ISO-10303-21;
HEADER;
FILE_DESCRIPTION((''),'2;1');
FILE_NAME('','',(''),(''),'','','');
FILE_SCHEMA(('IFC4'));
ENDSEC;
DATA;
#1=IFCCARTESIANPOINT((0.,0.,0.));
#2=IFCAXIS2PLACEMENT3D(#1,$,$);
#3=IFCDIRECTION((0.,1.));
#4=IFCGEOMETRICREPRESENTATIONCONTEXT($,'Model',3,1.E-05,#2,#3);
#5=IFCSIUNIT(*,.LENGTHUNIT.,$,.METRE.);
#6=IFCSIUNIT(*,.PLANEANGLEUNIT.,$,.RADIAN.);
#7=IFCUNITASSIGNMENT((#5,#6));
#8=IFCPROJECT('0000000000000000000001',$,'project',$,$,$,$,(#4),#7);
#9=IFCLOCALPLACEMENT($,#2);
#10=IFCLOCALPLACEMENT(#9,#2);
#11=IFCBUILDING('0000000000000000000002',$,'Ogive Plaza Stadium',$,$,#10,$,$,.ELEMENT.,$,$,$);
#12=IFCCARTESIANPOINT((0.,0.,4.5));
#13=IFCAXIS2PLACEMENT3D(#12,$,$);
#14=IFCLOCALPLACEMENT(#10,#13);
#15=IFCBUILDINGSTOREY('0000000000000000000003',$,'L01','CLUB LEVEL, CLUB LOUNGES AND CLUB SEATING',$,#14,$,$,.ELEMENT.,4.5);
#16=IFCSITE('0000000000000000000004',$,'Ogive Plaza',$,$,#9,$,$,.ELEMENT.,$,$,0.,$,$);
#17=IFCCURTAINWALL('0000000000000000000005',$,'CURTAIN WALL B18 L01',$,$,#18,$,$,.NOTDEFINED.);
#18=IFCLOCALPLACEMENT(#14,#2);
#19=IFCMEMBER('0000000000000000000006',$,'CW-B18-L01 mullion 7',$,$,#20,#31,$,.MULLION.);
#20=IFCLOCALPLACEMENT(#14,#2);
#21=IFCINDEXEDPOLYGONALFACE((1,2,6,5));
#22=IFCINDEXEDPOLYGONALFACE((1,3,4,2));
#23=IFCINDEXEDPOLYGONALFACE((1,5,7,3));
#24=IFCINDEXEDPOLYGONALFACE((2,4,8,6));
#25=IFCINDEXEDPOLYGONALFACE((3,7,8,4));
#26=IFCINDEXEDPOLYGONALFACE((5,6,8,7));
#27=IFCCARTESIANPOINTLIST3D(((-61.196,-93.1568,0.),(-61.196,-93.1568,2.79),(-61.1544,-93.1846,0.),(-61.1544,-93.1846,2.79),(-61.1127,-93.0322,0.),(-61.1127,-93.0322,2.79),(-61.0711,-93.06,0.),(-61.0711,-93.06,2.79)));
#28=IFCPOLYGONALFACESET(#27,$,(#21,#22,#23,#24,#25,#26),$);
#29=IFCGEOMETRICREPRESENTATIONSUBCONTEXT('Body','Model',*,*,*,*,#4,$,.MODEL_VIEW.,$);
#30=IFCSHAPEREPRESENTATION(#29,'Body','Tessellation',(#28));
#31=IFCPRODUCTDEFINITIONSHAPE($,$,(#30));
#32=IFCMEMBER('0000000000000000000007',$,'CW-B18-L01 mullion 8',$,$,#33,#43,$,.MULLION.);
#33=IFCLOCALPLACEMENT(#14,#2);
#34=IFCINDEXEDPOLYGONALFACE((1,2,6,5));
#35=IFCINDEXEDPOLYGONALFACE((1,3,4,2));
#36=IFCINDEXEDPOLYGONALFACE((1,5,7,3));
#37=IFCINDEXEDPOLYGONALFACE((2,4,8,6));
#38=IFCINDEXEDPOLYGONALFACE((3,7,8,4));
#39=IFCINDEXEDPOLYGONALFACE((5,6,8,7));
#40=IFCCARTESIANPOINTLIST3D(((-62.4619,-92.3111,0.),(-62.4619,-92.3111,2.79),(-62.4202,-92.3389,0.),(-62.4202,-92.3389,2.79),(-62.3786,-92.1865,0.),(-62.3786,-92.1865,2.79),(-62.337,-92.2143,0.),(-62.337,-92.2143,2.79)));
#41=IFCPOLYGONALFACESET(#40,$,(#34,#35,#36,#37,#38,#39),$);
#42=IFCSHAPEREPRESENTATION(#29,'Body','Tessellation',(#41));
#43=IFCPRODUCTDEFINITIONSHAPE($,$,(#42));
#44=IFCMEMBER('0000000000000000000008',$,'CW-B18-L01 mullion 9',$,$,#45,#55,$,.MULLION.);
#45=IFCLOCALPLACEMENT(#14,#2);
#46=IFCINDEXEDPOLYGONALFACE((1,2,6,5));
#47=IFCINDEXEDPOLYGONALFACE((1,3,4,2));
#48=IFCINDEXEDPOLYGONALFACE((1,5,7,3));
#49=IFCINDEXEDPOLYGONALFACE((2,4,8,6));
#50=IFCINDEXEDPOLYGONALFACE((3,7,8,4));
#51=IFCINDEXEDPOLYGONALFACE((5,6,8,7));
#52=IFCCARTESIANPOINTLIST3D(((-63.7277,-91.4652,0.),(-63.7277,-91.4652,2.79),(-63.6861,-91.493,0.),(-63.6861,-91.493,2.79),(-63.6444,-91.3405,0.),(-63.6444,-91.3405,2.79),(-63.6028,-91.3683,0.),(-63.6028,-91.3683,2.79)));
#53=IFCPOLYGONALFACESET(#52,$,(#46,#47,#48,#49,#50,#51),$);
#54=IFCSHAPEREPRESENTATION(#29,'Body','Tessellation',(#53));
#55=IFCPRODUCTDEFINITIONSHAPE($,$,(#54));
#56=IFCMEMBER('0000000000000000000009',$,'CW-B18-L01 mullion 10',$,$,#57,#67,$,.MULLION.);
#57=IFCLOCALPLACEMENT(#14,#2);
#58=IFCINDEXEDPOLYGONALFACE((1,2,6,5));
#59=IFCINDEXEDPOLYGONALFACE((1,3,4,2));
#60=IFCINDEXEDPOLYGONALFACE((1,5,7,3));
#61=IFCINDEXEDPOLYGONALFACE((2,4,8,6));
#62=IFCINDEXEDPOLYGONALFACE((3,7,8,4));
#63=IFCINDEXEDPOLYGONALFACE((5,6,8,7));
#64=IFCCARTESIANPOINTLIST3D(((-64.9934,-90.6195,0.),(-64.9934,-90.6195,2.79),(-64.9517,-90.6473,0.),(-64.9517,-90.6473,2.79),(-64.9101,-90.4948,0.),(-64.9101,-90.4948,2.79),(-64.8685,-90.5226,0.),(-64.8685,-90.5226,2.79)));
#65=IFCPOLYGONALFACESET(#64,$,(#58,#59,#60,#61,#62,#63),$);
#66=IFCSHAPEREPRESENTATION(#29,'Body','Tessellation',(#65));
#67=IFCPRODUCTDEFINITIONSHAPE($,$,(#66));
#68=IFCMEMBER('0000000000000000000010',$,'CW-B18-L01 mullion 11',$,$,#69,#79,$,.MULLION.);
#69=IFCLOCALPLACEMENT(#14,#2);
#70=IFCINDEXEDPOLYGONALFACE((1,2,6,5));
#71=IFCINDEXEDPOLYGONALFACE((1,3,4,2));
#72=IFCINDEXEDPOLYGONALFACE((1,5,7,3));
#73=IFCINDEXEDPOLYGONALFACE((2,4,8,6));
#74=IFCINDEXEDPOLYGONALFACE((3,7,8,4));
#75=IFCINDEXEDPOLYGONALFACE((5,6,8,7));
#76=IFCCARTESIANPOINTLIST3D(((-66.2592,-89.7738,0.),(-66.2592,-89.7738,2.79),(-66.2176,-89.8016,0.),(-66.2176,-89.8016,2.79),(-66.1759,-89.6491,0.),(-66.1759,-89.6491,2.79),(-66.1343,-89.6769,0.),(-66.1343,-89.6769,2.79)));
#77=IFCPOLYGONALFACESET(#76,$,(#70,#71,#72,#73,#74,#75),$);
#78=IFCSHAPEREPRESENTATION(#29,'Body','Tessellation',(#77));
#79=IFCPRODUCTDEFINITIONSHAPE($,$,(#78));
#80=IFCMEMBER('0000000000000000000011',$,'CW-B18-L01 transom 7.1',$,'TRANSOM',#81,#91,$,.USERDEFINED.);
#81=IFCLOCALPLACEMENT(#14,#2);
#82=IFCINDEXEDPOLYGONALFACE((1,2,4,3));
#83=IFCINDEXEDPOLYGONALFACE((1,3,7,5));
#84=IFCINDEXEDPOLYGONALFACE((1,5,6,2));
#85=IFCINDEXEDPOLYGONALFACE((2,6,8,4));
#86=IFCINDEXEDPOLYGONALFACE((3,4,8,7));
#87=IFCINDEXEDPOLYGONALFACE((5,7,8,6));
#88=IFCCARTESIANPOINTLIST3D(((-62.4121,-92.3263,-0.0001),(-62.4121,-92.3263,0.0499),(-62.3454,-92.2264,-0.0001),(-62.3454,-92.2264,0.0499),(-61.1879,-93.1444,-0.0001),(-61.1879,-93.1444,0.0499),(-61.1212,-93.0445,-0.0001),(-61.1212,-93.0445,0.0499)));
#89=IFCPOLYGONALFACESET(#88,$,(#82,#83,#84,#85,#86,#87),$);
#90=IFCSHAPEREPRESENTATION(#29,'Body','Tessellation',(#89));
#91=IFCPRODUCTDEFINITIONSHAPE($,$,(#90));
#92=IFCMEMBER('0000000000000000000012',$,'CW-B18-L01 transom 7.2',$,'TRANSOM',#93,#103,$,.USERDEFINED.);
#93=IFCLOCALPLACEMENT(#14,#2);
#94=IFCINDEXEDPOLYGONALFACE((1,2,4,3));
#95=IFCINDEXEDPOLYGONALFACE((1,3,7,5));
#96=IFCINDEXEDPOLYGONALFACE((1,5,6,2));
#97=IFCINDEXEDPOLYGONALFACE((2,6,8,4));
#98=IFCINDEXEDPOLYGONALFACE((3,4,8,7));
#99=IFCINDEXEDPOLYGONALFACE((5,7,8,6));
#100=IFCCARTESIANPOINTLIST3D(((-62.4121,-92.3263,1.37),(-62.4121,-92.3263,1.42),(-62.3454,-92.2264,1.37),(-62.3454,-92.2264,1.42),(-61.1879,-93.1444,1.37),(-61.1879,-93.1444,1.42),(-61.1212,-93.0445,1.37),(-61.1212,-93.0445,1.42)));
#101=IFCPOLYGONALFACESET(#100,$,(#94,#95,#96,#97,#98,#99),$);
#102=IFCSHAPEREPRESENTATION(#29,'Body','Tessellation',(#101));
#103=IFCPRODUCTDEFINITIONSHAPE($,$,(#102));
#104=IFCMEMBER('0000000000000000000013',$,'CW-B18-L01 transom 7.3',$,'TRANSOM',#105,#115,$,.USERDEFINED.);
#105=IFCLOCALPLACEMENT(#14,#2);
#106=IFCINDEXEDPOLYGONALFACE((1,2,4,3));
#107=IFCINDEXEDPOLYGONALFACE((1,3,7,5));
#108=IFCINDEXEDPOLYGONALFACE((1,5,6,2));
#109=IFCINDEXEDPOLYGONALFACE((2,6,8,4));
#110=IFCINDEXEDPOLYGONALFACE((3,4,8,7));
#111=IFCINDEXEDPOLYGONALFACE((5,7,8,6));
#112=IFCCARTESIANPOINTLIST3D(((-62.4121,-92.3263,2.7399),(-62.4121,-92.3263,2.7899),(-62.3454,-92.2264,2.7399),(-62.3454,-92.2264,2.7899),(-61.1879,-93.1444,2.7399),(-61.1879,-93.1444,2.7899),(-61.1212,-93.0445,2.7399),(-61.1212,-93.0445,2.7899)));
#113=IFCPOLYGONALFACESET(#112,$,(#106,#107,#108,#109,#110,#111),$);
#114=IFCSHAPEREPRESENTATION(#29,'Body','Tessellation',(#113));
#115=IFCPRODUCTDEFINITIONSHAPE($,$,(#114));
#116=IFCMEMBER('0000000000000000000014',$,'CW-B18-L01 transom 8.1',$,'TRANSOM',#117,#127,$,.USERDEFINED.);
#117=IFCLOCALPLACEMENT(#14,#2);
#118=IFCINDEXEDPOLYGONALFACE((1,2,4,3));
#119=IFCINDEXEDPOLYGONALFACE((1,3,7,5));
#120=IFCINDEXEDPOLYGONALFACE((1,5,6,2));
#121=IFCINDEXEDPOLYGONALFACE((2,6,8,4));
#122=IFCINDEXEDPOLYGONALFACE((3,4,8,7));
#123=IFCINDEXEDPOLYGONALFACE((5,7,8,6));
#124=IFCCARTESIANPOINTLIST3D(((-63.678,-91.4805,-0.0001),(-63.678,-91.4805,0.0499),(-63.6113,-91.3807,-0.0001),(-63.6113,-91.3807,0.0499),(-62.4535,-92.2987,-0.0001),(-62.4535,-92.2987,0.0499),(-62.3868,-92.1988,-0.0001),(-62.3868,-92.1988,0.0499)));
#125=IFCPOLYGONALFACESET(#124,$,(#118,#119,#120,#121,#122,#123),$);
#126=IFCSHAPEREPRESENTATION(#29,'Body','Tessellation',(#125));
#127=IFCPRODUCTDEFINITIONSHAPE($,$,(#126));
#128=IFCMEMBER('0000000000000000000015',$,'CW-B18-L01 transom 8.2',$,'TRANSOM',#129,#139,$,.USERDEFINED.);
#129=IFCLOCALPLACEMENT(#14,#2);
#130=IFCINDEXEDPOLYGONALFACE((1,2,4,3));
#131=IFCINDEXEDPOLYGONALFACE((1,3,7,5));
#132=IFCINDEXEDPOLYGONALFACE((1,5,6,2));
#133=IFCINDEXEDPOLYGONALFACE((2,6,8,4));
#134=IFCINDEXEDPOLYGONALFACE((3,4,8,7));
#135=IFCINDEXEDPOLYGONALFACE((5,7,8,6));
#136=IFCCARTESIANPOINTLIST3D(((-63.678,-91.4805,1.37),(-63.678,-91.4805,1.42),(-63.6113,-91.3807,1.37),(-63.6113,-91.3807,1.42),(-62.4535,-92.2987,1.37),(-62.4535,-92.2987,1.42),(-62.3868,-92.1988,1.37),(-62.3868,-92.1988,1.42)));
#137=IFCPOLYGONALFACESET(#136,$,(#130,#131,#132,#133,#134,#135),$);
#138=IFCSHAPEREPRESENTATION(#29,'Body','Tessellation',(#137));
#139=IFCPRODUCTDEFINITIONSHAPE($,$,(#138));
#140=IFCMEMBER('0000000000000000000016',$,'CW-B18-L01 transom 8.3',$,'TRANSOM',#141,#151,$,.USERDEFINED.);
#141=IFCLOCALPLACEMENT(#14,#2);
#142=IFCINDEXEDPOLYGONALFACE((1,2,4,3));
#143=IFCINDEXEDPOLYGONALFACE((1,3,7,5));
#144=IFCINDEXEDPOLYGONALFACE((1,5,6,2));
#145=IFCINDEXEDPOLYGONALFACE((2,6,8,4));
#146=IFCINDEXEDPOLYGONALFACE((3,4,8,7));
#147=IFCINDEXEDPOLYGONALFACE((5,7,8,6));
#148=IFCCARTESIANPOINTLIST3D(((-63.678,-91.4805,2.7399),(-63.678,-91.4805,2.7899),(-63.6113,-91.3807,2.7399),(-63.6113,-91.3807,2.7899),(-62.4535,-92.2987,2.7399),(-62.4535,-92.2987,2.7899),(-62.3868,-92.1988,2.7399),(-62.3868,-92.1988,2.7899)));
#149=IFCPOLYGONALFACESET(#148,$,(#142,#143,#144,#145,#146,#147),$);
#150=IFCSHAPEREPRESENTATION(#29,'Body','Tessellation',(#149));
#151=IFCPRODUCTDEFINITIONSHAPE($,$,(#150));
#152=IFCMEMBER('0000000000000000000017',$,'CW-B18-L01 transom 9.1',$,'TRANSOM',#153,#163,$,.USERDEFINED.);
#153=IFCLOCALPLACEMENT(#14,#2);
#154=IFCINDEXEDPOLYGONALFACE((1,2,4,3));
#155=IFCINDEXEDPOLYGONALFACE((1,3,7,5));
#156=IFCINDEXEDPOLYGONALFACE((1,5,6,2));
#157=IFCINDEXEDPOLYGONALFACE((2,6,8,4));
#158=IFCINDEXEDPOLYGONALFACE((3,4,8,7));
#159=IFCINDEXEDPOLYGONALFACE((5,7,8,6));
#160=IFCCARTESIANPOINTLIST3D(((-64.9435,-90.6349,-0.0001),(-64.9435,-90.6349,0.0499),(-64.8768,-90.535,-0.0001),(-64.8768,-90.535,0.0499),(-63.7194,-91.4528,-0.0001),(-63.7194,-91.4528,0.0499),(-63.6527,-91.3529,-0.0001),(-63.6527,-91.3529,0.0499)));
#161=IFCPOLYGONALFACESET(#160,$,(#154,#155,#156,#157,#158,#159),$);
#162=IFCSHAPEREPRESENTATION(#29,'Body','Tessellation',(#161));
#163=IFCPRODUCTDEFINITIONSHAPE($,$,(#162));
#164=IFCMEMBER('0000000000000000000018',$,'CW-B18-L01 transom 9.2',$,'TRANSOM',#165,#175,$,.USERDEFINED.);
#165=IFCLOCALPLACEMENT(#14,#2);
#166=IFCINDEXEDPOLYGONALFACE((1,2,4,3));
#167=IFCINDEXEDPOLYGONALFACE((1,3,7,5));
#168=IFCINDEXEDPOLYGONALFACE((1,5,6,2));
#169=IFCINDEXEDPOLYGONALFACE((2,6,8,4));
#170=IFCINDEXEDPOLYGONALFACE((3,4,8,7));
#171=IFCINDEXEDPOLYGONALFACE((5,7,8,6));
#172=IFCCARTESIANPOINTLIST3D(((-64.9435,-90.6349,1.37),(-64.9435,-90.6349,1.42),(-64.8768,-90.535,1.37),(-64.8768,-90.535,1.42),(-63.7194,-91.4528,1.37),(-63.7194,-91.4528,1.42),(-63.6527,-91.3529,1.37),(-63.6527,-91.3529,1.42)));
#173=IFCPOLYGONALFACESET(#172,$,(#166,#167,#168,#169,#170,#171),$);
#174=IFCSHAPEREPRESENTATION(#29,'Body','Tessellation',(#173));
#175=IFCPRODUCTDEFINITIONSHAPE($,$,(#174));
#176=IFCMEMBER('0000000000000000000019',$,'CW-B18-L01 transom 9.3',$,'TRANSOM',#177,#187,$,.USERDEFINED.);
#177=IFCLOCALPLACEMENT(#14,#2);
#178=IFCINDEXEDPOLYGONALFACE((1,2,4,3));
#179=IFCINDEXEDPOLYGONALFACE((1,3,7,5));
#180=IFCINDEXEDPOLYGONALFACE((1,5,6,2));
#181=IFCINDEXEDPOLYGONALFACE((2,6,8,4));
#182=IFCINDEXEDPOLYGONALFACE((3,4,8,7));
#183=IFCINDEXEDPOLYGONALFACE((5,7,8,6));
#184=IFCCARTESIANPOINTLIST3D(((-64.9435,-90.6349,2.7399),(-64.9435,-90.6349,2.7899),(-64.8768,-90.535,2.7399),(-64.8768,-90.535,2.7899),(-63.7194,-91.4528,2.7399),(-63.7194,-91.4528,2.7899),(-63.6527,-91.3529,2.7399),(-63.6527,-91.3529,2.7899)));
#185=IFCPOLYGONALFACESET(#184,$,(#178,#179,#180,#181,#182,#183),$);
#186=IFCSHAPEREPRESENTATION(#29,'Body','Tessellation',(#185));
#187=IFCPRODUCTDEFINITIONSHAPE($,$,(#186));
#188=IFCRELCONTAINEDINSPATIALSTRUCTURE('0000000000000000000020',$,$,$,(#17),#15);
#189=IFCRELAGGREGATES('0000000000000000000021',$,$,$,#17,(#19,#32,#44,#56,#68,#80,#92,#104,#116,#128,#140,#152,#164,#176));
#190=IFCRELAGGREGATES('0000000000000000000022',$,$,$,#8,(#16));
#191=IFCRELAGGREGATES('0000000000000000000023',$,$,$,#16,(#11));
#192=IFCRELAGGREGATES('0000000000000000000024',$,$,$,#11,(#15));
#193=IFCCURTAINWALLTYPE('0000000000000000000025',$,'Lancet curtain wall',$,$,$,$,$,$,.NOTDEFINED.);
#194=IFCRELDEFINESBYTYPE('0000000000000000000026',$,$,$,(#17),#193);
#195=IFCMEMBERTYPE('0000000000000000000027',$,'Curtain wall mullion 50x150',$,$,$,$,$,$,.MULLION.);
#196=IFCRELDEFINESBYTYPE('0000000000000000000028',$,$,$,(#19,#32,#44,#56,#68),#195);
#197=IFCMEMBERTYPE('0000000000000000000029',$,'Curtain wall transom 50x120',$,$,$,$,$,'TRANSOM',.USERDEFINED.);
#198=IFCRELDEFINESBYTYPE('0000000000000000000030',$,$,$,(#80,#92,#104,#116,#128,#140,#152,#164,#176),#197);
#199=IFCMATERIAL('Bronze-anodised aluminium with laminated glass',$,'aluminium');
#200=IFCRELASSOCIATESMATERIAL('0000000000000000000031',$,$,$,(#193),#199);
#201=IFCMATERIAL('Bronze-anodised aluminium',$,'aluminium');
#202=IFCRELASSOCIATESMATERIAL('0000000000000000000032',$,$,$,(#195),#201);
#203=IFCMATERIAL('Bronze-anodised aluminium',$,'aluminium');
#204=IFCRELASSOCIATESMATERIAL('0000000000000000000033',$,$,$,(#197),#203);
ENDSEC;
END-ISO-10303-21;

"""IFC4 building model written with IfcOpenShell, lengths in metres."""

from ifc_helpers import new_model, si_unit, direction, frame, origin, origin_2d, place, context, subcontext, project, spatial, rectangle, extrude, material, material_profile, profile_set, type_object, element, aggregate, save


model = new_model("IFC4")

# Units and contexts
model_context = context("Model", 3, precision=1e-05, world=origin(), true_north=direction((0.0, 1.0)))
body_context = subcontext(model_context, "Body", "Model", "MODEL_VIEW")
ifc_project = project(units=[si_unit("LENGTHUNIT", "METRE"), si_unit("PLANEANGLEUNIT", "RADIAN")], contexts=[model_context])

# Site, building, storey
site_placement = place(None, origin())
site = spatial("IfcSite", under=ifc_project, at=site_placement, Name="Ogive Plaza", CompositionType="ELEMENT", RefElevation=0.0)
building_placement = place(site_placement, origin())
building = spatial("IfcBuilding", under=site, at=building_placement, Name="Ogive Plaza Stadium", CompositionType="ELEMENT")
storey_placement = place(building_placement, frame((0.0, 0.0, 4.5)))
storey = spatial("IfcBuildingStorey", under=building, at=storey_placement, Name="L01", Description="CLUB LEVEL, CLUB LOUNGES AND CLUB SEATING", CompositionType="ELEMENT", Elevation=4.5)

# Curtain wall, members
ifc_material_1 = material(Name="Bronze-anodised aluminium with laminated glass", Category="aluminium")
curtain_wall_type = type_object("IfcCurtainWallType", Name="Lancet curtain wall", PredefinedType="NOTDEFINED", material=ifc_material_1)
curtain_wall_placement = place(storey_placement, origin())
curtain_wall = element("IfcCurtainWall", 1, at=curtain_wall_placement, inside=storey, type_object=curtain_wall_type, Name="CURTAIN WALL B18 L01", PredefinedType="NOTDEFINED")
ifc_material_2 = material(Name="Bronze-anodised aluminium", Category="aluminium")
ifc_material_profile_1 = material_profile(ifc_material_2, rectangle(XDim=0.1499, YDim=0.05, at=origin_2d()), Name="AL 150x50")
ifc_profile_set_1 = profile_set([ifc_material_profile_1], Name="Bronze-anodised aluminium")
member_type_1 = type_object("IfcMemberType", Name="Curtain wall mullion 50x150", PredefinedType="MULLION", material=ifc_profile_set_1)
member_1_placement = place(storey_placement, frame((-61.1335, -93.1084, 0.0), z_axis=(0.0, 0.0, 1.0), x_axis=(-0.55557, -0.83147, 0.0)))
member_1 = element("IfcMember", 2, at=member_1_placement, type_object=member_type_1, Name="CW-B18-L01 mullion 7", PredefinedType="MULLION", context=body_context, shape_type="SweptSolid", body=[
    extrude(rectangle(XDim=0.1499, YDim=0.05, at=origin_2d()), origin(), (0.0, 0.0, 1.0), 2.79),
])
member_2_placement = place(storey_placement, frame((-62.3994, -92.2627, 0.0), z_axis=(0.0, 0.0, 1.0), x_axis=(-0.55557, -0.83147, 0.0)))
member_2 = element("IfcMember", 3, at=member_2_placement, type_object=member_type_1, Name="CW-B18-L01 mullion 8", PredefinedType="MULLION", context=body_context, shape_type="SweptSolid", body=[
    extrude(rectangle(XDim=0.1499, YDim=0.05, at=origin_2d()), origin(), (0.0, 0.0, 1.0), 2.79),
])
member_3_placement = place(storey_placement, frame((-63.6653, -91.4167, 0.0), z_axis=(0.0, 0.0, 1.0), x_axis=(-0.55557, -0.83147, 0.0)))
member_3 = element("IfcMember", 4, at=member_3_placement, type_object=member_type_1, Name="CW-B18-L01 mullion 9", PredefinedType="MULLION", context=body_context, shape_type="SweptSolid", body=[
    extrude(rectangle(XDim=0.1499, YDim=0.05, at=origin_2d()), origin(), (0.0, 0.0, 1.0), 2.79),
])
member_4_placement = place(storey_placement, frame((-64.9309, -90.571, 0.0), z_axis=(0.0, 0.0, 1.0), x_axis=(-0.55557, -0.83147, 0.0)))
member_4 = element("IfcMember", 5, at=member_4_placement, type_object=member_type_1, Name="CW-B18-L01 mullion 10", PredefinedType="MULLION", context=body_context, shape_type="SweptSolid", body=[
    extrude(rectangle(XDim=0.1499, YDim=0.05, at=origin_2d()), origin(), (0.0, 0.0, 1.0), 2.79),
])
member_5_placement = place(storey_placement, frame((-66.1968, -89.7253, 0.0), z_axis=(0.0, 0.0, 1.0), x_axis=(-0.55557, -0.83147, 0.0)))
member_5 = element("IfcMember", 6, at=member_5_placement, type_object=member_type_1, Name="CW-B18-L01 mullion 11", PredefinedType="MULLION", context=body_context, shape_type="SweptSolid", body=[
    extrude(rectangle(XDim=0.1499, YDim=0.05, at=origin_2d()), origin(), (0.0, 0.0, 1.0), 2.79),
])
ifc_material_3 = material(Name="Bronze-anodised aluminium", Category="aluminium")
ifc_material_profile_2 = material_profile(ifc_material_3, rectangle(XDim=0.1201, YDim=0.05, at=origin_2d()), Name="AL 120x50")
ifc_profile_set_2 = profile_set([ifc_material_profile_2], Name="Bronze-anodised aluminium")
member_type_2 = type_object("IfcMemberType", Name="Curtain wall transom 50x120", ElementType="TRANSOM", PredefinedType="USERDEFINED", material=ifc_profile_set_2)
member_6_placement = place(storey_placement, frame((-61.1545, -93.0945, 0.0249), z_axis=(-0.831412, 0.555656, 0.0), x_axis=(-0.555656, -0.831412, 0.0)))
member_6 = element("IfcMember", 7, at=member_6_placement, type_object=member_type_2, Name="CW-B18-L01 transom 7.1", ObjectType="TRANSOM", PredefinedType="USERDEFINED", context=body_context, shape_type="SweptSolid", body=[
    extrude(rectangle(XDim=0.1201, YDim=0.05, at=origin_2d()), origin(), (0.0, 0.0, 1.0), 1.4724),
])
member_7_placement = place(storey_placement, frame((-61.1545, -93.0945, 1.395), z_axis=(-0.831412, 0.555656, 0.0), x_axis=(-0.555656, -0.831412, 0.0)))
member_7 = element("IfcMember", 8, at=member_7_placement, type_object=member_type_2, Name="CW-B18-L01 transom 7.2", ObjectType="TRANSOM", PredefinedType="USERDEFINED", context=body_context, shape_type="SweptSolid", body=[
    extrude(rectangle(XDim=0.1201, YDim=0.05, at=origin_2d()), origin(), (0.0, 0.0, 1.0), 1.4724),
])
member_8_placement = place(storey_placement, frame((-61.1545, -93.0945, 2.7649), z_axis=(-0.831412, 0.555656, 0.0), x_axis=(-0.555656, -0.831412, 0.0)))
member_8 = element("IfcMember", 9, at=member_8_placement, type_object=member_type_2, Name="CW-B18-L01 transom 7.3", ObjectType="TRANSOM", PredefinedType="USERDEFINED", context=body_context, shape_type="SweptSolid", body=[
    extrude(rectangle(XDim=0.1201, YDim=0.05, at=origin_2d()), origin(), (0.0, 0.0, 1.0), 1.4724),
])
member_9_placement = place(storey_placement, frame((-62.4202, -92.2488, 0.0249), z_axis=(-0.831463, 0.55558, 0.0), x_axis=(-0.55558, -0.831463, 0.0)))
member_9 = element("IfcMember", 10, at=member_9_placement, type_object=member_type_2, Name="CW-B18-L01 transom 8.1", ObjectType="TRANSOM", PredefinedType="USERDEFINED", context=body_context, shape_type="SweptSolid", body=[
    extrude(rectangle(XDim=0.1201, YDim=0.05, at=origin_2d()), origin(), (0.0, 0.0, 1.0), 1.4727),
])
member_10_placement = place(storey_placement, frame((-62.4202, -92.2488, 1.395), z_axis=(-0.831463, 0.55558, 0.0), x_axis=(-0.55558, -0.831463, 0.0)))
member_10 = element("IfcMember", 11, at=member_10_placement, type_object=member_type_2, Name="CW-B18-L01 transom 8.2", ObjectType="TRANSOM", PredefinedType="USERDEFINED", context=body_context, shape_type="SweptSolid", body=[
    extrude(rectangle(XDim=0.1201, YDim=0.05, at=origin_2d()), origin(), (0.0, 0.0, 1.0), 1.4727),
])
member_11_placement = place(storey_placement, frame((-62.4202, -92.2488, 2.7649), z_axis=(-0.831463, 0.55558, 0.0), x_axis=(-0.55558, -0.831463, 0.0)))
member_11 = element("IfcMember", 12, at=member_11_placement, type_object=member_type_2, Name="CW-B18-L01 transom 8.3", ObjectType="TRANSOM", PredefinedType="USERDEFINED", context=body_context, shape_type="SweptSolid", body=[
    extrude(rectangle(XDim=0.1201, YDim=0.05, at=origin_2d()), origin(), (0.0, 0.0, 1.0), 1.4727),
])
member_12_placement = place(storey_placement, frame((-63.686, -91.4028, 0.0249), z_axis=(-0.831489, 0.555542, 0.0), x_axis=(-0.555542, -0.831489, 0.0)))
member_12 = element("IfcMember", 13, at=member_12_placement, type_object=member_type_2, Name="CW-B18-L01 transom 9.1", ObjectType="TRANSOM", PredefinedType="USERDEFINED", context=body_context, shape_type="SweptSolid", body=[
    extrude(rectangle(XDim=0.1201, YDim=0.05, at=origin_2d()), origin(), (0.0, 0.0, 1.0), 1.4722),
])
member_13_placement = place(storey_placement, frame((-63.686, -91.4028, 1.395), z_axis=(-0.831489, 0.555542, 0.0), x_axis=(-0.555542, -0.831489, 0.0)))
member_13 = element("IfcMember", 14, at=member_13_placement, type_object=member_type_2, Name="CW-B18-L01 transom 9.2", ObjectType="TRANSOM", PredefinedType="USERDEFINED", context=body_context, shape_type="SweptSolid", body=[
    extrude(rectangle(XDim=0.1201, YDim=0.05, at=origin_2d()), origin(), (0.0, 0.0, 1.0), 1.4722),
])
member_14_placement = place(storey_placement, frame((-63.686, -91.4028, 2.7649), z_axis=(-0.831489, 0.555542, 0.0), x_axis=(-0.555542, -0.831489, 0.0)))
member_14 = element("IfcMember", 15, at=member_14_placement, type_object=member_type_2, Name="CW-B18-L01 transom 9.3", ObjectType="TRANSOM", PredefinedType="USERDEFINED", context=body_context, shape_type="SweptSolid", body=[
    extrude(rectangle(XDim=0.1201, YDim=0.05, at=origin_2d()), origin(), (0.0, 0.0, 1.0), 1.4722),
])
aggregate(curtain_wall, [member_1, member_2, member_3, member_4, member_5, member_6, member_7, member_8, member_9, member_10, member_11, member_12, member_13, member_14])

save(model, "model.ifc")
